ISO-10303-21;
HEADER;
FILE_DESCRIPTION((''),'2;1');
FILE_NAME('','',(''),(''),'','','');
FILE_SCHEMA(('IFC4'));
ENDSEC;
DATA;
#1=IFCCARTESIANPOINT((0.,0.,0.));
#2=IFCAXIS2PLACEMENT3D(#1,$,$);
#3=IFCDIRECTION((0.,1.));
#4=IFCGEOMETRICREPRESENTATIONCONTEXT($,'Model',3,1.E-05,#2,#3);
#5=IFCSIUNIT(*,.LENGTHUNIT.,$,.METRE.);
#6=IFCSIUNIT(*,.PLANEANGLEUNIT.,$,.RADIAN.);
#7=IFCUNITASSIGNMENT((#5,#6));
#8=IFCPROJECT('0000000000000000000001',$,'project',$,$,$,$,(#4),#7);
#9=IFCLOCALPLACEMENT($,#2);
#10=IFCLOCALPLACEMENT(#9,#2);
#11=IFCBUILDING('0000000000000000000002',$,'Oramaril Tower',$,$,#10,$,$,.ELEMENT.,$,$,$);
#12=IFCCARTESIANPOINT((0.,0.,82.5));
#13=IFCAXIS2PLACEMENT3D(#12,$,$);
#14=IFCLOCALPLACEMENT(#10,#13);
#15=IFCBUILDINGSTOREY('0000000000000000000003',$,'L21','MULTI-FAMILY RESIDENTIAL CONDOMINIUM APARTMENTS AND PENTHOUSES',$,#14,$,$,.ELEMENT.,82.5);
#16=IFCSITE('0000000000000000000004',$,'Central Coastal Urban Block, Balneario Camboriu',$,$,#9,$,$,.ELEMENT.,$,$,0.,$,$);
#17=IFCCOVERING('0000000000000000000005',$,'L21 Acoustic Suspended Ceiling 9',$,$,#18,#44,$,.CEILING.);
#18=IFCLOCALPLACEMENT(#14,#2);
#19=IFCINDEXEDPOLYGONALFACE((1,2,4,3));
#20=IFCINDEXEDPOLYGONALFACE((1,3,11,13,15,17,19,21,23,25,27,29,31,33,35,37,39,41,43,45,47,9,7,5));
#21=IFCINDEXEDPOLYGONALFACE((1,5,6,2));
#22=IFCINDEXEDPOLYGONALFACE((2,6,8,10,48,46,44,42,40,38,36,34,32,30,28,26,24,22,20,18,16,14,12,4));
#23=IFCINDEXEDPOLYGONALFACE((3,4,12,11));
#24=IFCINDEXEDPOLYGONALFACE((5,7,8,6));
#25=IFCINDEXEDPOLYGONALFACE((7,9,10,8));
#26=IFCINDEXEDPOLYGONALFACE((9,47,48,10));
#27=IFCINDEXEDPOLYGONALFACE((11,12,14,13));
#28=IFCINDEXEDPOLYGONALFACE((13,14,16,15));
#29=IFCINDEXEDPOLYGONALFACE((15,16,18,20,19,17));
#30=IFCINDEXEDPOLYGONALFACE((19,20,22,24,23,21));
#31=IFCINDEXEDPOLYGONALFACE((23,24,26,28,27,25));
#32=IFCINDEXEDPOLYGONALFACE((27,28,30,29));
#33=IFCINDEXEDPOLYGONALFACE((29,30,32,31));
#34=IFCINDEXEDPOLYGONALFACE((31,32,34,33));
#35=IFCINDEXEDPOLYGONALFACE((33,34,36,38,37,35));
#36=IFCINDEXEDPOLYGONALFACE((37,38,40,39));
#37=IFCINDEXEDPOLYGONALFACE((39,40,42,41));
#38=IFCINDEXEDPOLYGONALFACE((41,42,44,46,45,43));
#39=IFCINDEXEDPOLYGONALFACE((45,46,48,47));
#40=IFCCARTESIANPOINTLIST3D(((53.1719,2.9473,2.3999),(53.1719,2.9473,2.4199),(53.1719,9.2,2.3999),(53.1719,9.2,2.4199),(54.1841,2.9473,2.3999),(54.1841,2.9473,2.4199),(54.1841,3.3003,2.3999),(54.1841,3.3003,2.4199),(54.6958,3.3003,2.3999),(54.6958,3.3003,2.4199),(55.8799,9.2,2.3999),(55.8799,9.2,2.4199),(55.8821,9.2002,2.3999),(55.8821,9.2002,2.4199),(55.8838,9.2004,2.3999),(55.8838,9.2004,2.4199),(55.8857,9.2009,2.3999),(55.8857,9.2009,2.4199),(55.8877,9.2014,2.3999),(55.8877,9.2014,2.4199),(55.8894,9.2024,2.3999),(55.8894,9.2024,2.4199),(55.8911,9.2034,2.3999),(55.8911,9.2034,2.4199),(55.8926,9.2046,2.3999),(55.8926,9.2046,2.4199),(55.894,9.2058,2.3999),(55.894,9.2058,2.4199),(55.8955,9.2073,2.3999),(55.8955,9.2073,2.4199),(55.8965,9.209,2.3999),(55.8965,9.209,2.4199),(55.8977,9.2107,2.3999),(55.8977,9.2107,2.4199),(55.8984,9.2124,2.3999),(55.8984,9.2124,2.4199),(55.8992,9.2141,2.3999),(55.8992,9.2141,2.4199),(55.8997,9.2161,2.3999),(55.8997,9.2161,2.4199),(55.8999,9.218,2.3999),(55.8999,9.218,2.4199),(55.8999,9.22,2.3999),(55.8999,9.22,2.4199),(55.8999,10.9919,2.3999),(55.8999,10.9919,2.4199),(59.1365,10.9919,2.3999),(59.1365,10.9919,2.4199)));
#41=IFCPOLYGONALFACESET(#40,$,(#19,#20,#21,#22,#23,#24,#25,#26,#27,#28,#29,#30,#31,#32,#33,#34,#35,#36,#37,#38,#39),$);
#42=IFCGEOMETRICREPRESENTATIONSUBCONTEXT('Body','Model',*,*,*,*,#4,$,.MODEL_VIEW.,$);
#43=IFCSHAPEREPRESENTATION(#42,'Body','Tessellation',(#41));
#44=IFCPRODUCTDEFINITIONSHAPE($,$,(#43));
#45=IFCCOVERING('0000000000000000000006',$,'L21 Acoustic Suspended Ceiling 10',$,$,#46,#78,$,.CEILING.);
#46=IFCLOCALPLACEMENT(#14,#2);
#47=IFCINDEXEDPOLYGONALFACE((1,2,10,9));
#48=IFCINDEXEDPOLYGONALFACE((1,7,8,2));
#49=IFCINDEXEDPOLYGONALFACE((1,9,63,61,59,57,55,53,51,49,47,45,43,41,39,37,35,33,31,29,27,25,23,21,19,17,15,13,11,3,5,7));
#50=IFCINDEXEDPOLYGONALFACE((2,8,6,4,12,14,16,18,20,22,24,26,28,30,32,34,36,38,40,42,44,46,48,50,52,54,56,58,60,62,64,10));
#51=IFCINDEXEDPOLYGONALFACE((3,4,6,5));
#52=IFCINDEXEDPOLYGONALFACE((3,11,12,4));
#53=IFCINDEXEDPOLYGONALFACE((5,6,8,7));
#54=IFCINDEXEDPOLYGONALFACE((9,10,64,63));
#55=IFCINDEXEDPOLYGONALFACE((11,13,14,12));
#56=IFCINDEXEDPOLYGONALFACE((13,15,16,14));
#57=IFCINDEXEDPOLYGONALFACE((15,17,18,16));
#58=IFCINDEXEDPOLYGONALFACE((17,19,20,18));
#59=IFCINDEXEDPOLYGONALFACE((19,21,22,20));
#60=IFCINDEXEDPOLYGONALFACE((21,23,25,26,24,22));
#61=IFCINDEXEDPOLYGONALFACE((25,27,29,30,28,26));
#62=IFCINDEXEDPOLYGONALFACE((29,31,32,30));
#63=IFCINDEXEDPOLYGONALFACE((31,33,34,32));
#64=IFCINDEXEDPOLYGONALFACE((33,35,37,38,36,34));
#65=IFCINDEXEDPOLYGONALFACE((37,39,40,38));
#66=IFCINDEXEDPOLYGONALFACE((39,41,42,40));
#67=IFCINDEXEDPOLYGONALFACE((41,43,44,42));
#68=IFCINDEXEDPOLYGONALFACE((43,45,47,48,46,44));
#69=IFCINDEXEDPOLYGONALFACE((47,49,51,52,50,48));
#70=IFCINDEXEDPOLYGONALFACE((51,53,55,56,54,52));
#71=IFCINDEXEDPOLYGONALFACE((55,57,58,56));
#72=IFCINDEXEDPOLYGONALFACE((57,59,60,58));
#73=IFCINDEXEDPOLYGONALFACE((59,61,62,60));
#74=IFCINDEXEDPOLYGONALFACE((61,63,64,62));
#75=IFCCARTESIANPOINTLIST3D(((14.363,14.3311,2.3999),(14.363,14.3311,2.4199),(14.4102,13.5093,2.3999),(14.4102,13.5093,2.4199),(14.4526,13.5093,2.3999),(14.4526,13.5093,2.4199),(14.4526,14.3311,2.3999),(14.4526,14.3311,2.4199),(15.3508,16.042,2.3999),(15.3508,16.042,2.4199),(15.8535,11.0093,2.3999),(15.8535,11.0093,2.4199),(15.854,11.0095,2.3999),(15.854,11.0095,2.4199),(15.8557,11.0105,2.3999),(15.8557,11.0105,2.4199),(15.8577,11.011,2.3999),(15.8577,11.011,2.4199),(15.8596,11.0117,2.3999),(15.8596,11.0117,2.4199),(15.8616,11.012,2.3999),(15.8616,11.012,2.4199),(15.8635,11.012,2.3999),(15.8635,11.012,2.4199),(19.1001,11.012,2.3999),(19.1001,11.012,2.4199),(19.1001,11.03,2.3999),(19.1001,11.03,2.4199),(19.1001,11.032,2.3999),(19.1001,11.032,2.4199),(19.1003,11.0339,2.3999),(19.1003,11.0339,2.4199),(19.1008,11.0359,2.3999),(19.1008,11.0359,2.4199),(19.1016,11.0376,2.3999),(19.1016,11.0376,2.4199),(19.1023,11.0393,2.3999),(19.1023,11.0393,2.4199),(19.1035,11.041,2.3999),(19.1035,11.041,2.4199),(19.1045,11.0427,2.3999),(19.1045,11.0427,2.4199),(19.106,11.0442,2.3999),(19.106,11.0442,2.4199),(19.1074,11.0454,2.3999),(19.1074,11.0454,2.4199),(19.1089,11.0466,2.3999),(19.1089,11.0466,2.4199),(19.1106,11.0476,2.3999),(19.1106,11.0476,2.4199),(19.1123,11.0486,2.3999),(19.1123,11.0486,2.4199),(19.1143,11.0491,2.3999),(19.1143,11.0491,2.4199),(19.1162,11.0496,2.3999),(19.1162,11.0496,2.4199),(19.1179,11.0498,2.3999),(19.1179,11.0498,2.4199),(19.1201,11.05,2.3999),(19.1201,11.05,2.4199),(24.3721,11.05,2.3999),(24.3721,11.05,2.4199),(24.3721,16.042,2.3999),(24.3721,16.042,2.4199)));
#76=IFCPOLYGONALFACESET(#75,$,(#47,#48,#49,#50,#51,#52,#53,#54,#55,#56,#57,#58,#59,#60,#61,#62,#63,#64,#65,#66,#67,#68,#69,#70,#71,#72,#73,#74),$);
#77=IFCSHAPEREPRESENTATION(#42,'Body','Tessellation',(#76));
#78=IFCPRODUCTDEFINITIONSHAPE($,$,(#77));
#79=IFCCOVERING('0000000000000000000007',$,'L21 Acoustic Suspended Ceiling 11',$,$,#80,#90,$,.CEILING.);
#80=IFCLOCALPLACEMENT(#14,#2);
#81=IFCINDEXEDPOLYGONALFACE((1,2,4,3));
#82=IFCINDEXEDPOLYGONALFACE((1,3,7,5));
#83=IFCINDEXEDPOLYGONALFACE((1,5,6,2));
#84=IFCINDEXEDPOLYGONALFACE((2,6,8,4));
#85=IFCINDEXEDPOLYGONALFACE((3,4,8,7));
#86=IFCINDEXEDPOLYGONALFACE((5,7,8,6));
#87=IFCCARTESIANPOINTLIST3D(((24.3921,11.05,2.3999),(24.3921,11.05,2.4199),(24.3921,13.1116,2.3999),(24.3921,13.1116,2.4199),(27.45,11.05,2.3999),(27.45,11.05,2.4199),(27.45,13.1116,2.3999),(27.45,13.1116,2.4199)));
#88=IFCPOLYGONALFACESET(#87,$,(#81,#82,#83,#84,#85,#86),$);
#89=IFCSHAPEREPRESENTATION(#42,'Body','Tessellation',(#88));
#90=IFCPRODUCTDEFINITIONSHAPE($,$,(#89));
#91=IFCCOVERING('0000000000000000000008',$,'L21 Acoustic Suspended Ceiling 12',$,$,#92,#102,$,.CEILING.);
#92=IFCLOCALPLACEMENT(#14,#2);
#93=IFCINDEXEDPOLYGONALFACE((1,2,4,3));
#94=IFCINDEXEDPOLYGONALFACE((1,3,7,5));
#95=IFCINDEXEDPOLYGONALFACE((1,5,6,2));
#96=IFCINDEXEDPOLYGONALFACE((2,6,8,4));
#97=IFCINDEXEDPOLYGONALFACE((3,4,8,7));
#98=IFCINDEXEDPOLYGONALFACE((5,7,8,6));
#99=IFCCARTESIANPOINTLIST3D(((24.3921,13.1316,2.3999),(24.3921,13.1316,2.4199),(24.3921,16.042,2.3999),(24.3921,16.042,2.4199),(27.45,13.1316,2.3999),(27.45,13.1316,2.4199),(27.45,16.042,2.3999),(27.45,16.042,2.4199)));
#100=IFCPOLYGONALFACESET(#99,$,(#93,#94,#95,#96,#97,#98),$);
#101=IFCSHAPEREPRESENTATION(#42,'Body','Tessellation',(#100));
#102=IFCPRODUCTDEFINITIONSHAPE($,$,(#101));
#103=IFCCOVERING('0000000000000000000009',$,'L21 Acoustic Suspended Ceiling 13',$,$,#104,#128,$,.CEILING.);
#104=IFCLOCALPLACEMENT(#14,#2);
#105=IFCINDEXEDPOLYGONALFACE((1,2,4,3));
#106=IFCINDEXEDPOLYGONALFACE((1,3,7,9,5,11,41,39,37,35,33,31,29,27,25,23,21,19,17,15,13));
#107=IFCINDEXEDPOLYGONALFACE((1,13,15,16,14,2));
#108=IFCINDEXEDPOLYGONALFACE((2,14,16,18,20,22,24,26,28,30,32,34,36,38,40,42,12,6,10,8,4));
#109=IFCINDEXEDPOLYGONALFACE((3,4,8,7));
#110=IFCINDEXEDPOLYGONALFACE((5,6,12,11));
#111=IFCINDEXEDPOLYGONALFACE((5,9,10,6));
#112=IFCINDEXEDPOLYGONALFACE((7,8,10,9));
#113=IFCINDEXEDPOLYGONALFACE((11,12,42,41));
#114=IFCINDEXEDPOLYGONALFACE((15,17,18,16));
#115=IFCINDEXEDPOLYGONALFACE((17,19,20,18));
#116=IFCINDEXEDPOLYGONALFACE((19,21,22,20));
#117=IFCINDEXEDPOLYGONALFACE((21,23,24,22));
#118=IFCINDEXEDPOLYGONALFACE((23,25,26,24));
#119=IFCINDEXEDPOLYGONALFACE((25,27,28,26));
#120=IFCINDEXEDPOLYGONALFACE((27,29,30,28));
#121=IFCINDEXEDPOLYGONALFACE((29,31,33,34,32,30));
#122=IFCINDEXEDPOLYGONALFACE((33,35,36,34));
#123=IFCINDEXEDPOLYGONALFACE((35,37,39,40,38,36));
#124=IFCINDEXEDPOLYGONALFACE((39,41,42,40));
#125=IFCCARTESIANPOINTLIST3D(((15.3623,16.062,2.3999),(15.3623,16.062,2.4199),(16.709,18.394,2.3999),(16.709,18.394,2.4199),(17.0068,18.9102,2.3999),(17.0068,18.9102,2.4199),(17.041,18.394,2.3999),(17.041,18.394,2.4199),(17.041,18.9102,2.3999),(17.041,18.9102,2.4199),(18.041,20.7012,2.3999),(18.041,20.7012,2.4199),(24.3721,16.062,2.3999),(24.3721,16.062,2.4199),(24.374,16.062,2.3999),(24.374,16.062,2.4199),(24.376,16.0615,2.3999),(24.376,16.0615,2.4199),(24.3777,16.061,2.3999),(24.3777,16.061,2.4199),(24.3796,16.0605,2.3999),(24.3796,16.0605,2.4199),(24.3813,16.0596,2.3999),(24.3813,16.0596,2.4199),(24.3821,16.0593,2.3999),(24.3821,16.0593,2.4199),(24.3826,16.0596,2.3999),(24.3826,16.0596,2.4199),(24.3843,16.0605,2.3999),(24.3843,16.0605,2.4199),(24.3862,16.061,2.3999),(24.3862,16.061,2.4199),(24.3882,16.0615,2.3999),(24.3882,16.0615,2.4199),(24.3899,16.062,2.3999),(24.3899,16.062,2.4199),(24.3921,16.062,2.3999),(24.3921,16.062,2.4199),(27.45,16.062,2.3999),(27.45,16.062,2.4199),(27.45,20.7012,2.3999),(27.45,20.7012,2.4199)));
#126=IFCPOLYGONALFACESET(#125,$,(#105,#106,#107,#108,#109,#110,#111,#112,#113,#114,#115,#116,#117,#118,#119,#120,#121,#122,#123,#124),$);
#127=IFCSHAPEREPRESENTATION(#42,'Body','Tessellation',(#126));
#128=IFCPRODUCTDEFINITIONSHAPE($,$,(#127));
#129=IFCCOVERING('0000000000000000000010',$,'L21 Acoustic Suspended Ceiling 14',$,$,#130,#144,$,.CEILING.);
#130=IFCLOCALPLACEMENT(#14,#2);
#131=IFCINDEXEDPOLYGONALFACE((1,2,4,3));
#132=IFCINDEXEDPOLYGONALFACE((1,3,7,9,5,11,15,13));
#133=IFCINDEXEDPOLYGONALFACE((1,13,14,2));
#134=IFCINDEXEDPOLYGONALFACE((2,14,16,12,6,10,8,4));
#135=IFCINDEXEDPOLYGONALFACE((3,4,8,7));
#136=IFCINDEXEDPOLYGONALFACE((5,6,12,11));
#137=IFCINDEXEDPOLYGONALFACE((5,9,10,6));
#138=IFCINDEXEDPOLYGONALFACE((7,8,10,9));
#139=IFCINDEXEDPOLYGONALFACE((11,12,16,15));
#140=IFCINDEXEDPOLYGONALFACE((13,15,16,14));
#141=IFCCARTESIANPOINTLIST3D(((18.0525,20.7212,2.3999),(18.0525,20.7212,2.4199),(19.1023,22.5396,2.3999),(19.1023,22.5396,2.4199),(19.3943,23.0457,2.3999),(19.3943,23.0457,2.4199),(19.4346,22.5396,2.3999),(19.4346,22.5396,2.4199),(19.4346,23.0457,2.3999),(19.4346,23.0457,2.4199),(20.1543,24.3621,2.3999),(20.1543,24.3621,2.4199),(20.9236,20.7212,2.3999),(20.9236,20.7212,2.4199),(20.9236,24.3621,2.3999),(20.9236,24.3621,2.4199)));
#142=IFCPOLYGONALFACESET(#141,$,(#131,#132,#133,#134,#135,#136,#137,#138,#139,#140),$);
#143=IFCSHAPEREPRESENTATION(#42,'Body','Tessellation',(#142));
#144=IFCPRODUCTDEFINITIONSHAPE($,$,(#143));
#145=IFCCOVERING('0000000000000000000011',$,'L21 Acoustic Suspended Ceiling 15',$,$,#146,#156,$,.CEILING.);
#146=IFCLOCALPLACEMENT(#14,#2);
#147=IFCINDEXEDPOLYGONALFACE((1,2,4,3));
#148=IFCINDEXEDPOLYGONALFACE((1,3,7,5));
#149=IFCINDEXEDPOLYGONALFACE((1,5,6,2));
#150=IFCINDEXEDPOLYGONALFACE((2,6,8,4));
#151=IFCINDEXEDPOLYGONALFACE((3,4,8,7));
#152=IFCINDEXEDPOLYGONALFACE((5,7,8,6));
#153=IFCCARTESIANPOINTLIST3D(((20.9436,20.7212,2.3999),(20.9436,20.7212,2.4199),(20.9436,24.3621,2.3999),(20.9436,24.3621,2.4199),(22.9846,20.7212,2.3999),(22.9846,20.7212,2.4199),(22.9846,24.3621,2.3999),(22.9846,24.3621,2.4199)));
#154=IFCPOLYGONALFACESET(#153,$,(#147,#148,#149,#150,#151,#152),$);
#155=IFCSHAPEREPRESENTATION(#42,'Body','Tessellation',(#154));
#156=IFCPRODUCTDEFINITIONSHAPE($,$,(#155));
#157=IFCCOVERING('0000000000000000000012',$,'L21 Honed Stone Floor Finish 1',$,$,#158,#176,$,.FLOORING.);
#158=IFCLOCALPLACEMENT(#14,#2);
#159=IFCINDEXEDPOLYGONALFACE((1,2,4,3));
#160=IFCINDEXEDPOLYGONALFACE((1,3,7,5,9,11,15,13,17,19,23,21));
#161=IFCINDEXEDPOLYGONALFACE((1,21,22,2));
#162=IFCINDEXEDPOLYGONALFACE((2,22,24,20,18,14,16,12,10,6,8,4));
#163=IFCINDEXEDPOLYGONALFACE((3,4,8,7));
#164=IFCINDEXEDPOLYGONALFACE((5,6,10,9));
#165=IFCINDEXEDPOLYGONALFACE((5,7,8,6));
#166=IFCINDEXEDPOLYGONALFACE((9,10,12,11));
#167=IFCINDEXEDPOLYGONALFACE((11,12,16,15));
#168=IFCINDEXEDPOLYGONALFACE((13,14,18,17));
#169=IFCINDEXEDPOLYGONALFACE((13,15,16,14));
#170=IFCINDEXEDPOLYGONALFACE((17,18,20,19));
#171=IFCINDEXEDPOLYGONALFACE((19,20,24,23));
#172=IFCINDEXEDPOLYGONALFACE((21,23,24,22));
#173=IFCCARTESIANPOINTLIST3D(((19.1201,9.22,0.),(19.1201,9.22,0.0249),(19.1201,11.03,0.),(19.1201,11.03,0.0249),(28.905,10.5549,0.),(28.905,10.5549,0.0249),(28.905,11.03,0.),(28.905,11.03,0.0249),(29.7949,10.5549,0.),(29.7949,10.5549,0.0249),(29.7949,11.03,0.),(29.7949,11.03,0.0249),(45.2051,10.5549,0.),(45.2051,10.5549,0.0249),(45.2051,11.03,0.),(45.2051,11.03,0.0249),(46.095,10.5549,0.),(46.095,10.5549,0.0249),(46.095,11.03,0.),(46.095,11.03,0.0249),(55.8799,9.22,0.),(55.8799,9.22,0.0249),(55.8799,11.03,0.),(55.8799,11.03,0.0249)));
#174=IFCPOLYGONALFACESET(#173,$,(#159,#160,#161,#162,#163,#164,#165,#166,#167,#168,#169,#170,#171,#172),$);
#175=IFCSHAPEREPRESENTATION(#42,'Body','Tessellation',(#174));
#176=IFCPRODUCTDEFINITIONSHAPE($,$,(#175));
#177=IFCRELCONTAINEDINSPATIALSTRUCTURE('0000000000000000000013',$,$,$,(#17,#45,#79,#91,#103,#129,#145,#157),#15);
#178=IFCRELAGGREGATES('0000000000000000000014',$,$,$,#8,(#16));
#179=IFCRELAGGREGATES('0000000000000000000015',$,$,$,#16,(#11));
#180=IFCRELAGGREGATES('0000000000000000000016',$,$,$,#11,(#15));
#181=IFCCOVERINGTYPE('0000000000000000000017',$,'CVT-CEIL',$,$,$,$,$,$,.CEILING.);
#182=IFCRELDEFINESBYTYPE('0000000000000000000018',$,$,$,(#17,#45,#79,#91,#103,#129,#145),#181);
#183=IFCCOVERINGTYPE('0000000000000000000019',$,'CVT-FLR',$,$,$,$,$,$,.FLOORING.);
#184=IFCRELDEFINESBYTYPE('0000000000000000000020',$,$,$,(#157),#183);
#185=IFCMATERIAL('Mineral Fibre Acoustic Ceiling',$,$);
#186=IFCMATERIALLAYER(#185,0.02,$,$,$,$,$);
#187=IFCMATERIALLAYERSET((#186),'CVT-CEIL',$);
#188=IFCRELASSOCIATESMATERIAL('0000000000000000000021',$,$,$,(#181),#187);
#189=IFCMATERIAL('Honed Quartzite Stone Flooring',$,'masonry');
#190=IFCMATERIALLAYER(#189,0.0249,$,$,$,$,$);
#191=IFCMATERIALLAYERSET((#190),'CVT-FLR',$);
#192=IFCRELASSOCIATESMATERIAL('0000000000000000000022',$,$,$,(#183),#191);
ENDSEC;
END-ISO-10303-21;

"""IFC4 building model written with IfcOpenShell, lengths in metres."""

from ifc_helpers import new_model, si_unit, direction, frame, origin, place, context, subcontext, project, spatial, polyline, outline, extrude, material, layer, layer_set, type_object, element, save


model = new_model("IFC4")

# Units and contexts
model_context = context("Model", 3, precision=1e-05, world=origin(), true_north=direction((0.0, 1.0)))
body_context = subcontext(model_context, "Body", "Model", "MODEL_VIEW")
ifc_project = project(units=[si_unit("LENGTHUNIT", "METRE"), si_unit("PLANEANGLEUNIT", "RADIAN")], contexts=[model_context])

# Site, building, storey
site_placement = place(None, origin())
site = spatial("IfcSite", under=ifc_project, at=site_placement, Name="Central Coastal Urban Block, Balneario Camboriu", CompositionType="ELEMENT", RefElevation=0.0)
building_placement = place(site_placement, origin())
building = spatial("IfcBuilding", under=site, at=building_placement, Name="Oramaril Tower", CompositionType="ELEMENT")
storey_placement = place(building_placement, frame((0.0, 0.0, 82.5)))
storey = spatial("IfcBuildingStorey", under=building, at=storey_placement, Name="L21", Description="MULTI-FAMILY RESIDENTIAL CONDOMINIUM APARTMENTS AND PENTHOUSES", CompositionType="ELEMENT", Elevation=82.5)

# Coverings
ifc_material_1 = material(Name="Mineral Fibre Acoustic Ceiling")
ifc_layer_1 = layer(ifc_material_1, 0.02)
ifc_layer_set_1 = layer_set([ifc_layer_1], Name="CVT-CEIL")
covering_type_1 = type_object("IfcCoveringType", Name="CVT-CEIL", PredefinedType="CEILING", material=ifc_layer_set_1)
covering_1_placement = place(storey_placement, frame((0.0, 0.0, 2.3999)))
element("IfcCovering", 1, at=covering_1_placement, inside=storey, type_object=covering_type_1, Name="L21 Acoustic Suspended Ceiling 9", PredefinedType="CEILING", context=body_context, shape_type="SweptSolid", body=[
    extrude(outline(polyline([(59.1365, 10.9919), (54.6958, 3.3003), (54.1841, 3.3003), (54.1841, 2.9473), (53.1719, 2.9473), (53.1719, 9.2), (55.8799, 9.2), (55.8821, 9.2002), (55.8838, 9.2004), (55.8857, 9.2009), (55.8877, 9.2014), (55.8894, 9.2024), (55.8911, 9.2034), (55.8926, 9.2046), (55.894, 9.2058), (55.8955, 9.2073), (55.8965, 9.209), (55.8977, 9.2107), (55.8984, 9.2124), (55.8992, 9.2141), (55.8997, 9.2161), (55.8999, 9.218), (55.8999, 9.22), (55.8999, 10.9919), (59.1365, 10.9919)])), origin(), (0.0, 0.0, 1.0), 0.02),
])
covering_2_placement = place(storey_placement, frame((0.0, 0.0, 2.3999)))
element("IfcCovering", 2, at=covering_2_placement, inside=storey, type_object=covering_type_1, Name="L21 Acoustic Suspended Ceiling 10", PredefinedType="CEILING", context=body_context, shape_type="SweptSolid", body=[
    extrude(outline(polyline([(24.3721, 11.05), (19.1201, 11.05), (19.1179, 11.0498), (19.1162, 11.0496), (19.1143, 11.0491), (19.1123, 11.0486), (19.1106, 11.0476), (19.1089, 11.0466), (19.1074, 11.0454), (19.106, 11.0442), (19.1045, 11.0427), (19.1035, 11.041), (19.1023, 11.0393), (19.1016, 11.0376), (19.1008, 11.0359), (19.1003, 11.0339), (19.1001, 11.032), (19.1001, 11.03), (19.1001, 11.012), (15.8635, 11.012), (15.8616, 11.012), (15.8596, 11.0117), (15.8577, 11.011), (15.8557, 11.0105), (15.854, 11.0095), (15.8535, 11.0093), (14.4102, 13.5093), (14.4526, 13.5093), (14.4526, 14.3311), (14.363, 14.3311), (15.3508, 16.042), (24.3721, 16.042), (24.3721, 11.05)])), origin(), (0.0, 0.0, 1.0), 0.02),
])
covering_3_placement = place(storey_placement, frame((0.0, 0.0, 2.3999)))
element("IfcCovering", 3, at=covering_3_placement, inside=storey, type_object=covering_type_1, Name="L21 Acoustic Suspended Ceiling 11", PredefinedType="CEILING", context=body_context, shape_type="SweptSolid", body=[
    extrude(outline(polyline([(27.45, 13.1116), (27.45, 11.05), (24.3921, 11.05), (24.3921, 13.1116), (27.45, 13.1116)])), origin(), (0.0, 0.0, 1.0), 0.02),
])
covering_4_placement = place(storey_placement, frame((0.0, 0.0, 2.3999)))
element("IfcCovering", 4, at=covering_4_placement, inside=storey, type_object=covering_type_1, Name="L21 Acoustic Suspended Ceiling 12", PredefinedType="CEILING", context=body_context, shape_type="SweptSolid", body=[
    extrude(outline(polyline([(27.45, 16.042), (27.45, 13.1316), (24.3921, 13.1316), (24.3921, 16.042), (27.45, 16.042)])), origin(), (0.0, 0.0, 1.0), 0.02),
])
covering_5_placement = place(storey_placement, frame((0.0, 0.0, 2.3999)))
element("IfcCovering", 5, at=covering_5_placement, inside=storey, type_object=covering_type_1, Name="L21 Acoustic Suspended Ceiling 13", PredefinedType="CEILING", context=body_context, shape_type="SweptSolid", body=[
    extrude(outline(polyline([(16.709, 18.394), (17.041, 18.394), (17.041, 18.9102), (17.0068, 18.9102), (18.041, 20.7012), (27.45, 20.7012), (27.45, 16.062), (24.3921, 16.062), (24.3899, 16.062), (24.3882, 16.0615), (24.3862, 16.061), (24.3843, 16.0605), (24.3826, 16.0596), (24.3821, 16.0593), (24.3813, 16.0596), (24.3796, 16.0605), (24.3777, 16.061), (24.376, 16.0615), (24.374, 16.062), (24.3721, 16.062), (15.3623, 16.062), (16.709, 18.394)])), origin(), (0.0, 0.0, 1.0), 0.02),
])
covering_6_placement = place(storey_placement, frame((0.0, 0.0, 2.3999)))
element("IfcCovering", 6, at=covering_6_placement, inside=storey, type_object=covering_type_1, Name="L21 Acoustic Suspended Ceiling 14", PredefinedType="CEILING", context=body_context, shape_type="SweptSolid", body=[
    extrude(outline(polyline([(19.4346, 22.5396), (19.4346, 23.0457), (19.3943, 23.0457), (20.1543, 24.3621), (20.9236, 24.3621), (20.9236, 20.7212), (18.0525, 20.7212), (19.1023, 22.5396), (19.4346, 22.5396)])), origin(), (0.0, 0.0, 1.0), 0.02),
])
covering_7_placement = place(storey_placement, frame((0.0, 0.0, 2.3999)))
element("IfcCovering", 7, at=covering_7_placement, inside=storey, type_object=covering_type_1, Name="L21 Acoustic Suspended Ceiling 15", PredefinedType="CEILING", context=body_context, shape_type="SweptSolid", body=[
    extrude(outline(polyline([(22.9846, 24.3621), (22.9846, 20.7212), (20.9436, 20.7212), (20.9436, 24.3621), (22.9846, 24.3621)])), origin(), (0.0, 0.0, 1.0), 0.02),
])
ifc_material_2 = material(Name="Honed Quartzite Stone Flooring", Category="masonry")
ifc_layer_2 = layer(ifc_material_2, 0.0249)
ifc_layer_set_2 = layer_set([ifc_layer_2], Name="CVT-FLR")
covering_type_2 = type_object("IfcCoveringType", Name="CVT-FLR", PredefinedType="FLOORING", material=ifc_layer_set_2)
covering_8_placement = place(storey_placement, origin())
element("IfcCovering", 8, at=covering_8_placement, inside=storey, type_object=covering_type_2, Name="L21 Honed Stone Floor Finish 1", PredefinedType="FLOORING", context=body_context, shape_type="SweptSolid", body=[
    extrude(outline(polyline([(28.905, 10.5549), (29.7949, 10.5549), (29.7949, 11.03), (45.2051, 11.03), (45.2051, 10.5549), (46.095, 10.5549), (46.095, 11.03), (55.8799, 11.03), (55.8799, 9.22), (19.1201, 9.22), (19.1201, 11.03), (28.905, 11.03), (28.905, 10.5549)])), origin(), (0.0, 0.0, 1.0), 0.0249),
])

save(model, "model.ifc")
